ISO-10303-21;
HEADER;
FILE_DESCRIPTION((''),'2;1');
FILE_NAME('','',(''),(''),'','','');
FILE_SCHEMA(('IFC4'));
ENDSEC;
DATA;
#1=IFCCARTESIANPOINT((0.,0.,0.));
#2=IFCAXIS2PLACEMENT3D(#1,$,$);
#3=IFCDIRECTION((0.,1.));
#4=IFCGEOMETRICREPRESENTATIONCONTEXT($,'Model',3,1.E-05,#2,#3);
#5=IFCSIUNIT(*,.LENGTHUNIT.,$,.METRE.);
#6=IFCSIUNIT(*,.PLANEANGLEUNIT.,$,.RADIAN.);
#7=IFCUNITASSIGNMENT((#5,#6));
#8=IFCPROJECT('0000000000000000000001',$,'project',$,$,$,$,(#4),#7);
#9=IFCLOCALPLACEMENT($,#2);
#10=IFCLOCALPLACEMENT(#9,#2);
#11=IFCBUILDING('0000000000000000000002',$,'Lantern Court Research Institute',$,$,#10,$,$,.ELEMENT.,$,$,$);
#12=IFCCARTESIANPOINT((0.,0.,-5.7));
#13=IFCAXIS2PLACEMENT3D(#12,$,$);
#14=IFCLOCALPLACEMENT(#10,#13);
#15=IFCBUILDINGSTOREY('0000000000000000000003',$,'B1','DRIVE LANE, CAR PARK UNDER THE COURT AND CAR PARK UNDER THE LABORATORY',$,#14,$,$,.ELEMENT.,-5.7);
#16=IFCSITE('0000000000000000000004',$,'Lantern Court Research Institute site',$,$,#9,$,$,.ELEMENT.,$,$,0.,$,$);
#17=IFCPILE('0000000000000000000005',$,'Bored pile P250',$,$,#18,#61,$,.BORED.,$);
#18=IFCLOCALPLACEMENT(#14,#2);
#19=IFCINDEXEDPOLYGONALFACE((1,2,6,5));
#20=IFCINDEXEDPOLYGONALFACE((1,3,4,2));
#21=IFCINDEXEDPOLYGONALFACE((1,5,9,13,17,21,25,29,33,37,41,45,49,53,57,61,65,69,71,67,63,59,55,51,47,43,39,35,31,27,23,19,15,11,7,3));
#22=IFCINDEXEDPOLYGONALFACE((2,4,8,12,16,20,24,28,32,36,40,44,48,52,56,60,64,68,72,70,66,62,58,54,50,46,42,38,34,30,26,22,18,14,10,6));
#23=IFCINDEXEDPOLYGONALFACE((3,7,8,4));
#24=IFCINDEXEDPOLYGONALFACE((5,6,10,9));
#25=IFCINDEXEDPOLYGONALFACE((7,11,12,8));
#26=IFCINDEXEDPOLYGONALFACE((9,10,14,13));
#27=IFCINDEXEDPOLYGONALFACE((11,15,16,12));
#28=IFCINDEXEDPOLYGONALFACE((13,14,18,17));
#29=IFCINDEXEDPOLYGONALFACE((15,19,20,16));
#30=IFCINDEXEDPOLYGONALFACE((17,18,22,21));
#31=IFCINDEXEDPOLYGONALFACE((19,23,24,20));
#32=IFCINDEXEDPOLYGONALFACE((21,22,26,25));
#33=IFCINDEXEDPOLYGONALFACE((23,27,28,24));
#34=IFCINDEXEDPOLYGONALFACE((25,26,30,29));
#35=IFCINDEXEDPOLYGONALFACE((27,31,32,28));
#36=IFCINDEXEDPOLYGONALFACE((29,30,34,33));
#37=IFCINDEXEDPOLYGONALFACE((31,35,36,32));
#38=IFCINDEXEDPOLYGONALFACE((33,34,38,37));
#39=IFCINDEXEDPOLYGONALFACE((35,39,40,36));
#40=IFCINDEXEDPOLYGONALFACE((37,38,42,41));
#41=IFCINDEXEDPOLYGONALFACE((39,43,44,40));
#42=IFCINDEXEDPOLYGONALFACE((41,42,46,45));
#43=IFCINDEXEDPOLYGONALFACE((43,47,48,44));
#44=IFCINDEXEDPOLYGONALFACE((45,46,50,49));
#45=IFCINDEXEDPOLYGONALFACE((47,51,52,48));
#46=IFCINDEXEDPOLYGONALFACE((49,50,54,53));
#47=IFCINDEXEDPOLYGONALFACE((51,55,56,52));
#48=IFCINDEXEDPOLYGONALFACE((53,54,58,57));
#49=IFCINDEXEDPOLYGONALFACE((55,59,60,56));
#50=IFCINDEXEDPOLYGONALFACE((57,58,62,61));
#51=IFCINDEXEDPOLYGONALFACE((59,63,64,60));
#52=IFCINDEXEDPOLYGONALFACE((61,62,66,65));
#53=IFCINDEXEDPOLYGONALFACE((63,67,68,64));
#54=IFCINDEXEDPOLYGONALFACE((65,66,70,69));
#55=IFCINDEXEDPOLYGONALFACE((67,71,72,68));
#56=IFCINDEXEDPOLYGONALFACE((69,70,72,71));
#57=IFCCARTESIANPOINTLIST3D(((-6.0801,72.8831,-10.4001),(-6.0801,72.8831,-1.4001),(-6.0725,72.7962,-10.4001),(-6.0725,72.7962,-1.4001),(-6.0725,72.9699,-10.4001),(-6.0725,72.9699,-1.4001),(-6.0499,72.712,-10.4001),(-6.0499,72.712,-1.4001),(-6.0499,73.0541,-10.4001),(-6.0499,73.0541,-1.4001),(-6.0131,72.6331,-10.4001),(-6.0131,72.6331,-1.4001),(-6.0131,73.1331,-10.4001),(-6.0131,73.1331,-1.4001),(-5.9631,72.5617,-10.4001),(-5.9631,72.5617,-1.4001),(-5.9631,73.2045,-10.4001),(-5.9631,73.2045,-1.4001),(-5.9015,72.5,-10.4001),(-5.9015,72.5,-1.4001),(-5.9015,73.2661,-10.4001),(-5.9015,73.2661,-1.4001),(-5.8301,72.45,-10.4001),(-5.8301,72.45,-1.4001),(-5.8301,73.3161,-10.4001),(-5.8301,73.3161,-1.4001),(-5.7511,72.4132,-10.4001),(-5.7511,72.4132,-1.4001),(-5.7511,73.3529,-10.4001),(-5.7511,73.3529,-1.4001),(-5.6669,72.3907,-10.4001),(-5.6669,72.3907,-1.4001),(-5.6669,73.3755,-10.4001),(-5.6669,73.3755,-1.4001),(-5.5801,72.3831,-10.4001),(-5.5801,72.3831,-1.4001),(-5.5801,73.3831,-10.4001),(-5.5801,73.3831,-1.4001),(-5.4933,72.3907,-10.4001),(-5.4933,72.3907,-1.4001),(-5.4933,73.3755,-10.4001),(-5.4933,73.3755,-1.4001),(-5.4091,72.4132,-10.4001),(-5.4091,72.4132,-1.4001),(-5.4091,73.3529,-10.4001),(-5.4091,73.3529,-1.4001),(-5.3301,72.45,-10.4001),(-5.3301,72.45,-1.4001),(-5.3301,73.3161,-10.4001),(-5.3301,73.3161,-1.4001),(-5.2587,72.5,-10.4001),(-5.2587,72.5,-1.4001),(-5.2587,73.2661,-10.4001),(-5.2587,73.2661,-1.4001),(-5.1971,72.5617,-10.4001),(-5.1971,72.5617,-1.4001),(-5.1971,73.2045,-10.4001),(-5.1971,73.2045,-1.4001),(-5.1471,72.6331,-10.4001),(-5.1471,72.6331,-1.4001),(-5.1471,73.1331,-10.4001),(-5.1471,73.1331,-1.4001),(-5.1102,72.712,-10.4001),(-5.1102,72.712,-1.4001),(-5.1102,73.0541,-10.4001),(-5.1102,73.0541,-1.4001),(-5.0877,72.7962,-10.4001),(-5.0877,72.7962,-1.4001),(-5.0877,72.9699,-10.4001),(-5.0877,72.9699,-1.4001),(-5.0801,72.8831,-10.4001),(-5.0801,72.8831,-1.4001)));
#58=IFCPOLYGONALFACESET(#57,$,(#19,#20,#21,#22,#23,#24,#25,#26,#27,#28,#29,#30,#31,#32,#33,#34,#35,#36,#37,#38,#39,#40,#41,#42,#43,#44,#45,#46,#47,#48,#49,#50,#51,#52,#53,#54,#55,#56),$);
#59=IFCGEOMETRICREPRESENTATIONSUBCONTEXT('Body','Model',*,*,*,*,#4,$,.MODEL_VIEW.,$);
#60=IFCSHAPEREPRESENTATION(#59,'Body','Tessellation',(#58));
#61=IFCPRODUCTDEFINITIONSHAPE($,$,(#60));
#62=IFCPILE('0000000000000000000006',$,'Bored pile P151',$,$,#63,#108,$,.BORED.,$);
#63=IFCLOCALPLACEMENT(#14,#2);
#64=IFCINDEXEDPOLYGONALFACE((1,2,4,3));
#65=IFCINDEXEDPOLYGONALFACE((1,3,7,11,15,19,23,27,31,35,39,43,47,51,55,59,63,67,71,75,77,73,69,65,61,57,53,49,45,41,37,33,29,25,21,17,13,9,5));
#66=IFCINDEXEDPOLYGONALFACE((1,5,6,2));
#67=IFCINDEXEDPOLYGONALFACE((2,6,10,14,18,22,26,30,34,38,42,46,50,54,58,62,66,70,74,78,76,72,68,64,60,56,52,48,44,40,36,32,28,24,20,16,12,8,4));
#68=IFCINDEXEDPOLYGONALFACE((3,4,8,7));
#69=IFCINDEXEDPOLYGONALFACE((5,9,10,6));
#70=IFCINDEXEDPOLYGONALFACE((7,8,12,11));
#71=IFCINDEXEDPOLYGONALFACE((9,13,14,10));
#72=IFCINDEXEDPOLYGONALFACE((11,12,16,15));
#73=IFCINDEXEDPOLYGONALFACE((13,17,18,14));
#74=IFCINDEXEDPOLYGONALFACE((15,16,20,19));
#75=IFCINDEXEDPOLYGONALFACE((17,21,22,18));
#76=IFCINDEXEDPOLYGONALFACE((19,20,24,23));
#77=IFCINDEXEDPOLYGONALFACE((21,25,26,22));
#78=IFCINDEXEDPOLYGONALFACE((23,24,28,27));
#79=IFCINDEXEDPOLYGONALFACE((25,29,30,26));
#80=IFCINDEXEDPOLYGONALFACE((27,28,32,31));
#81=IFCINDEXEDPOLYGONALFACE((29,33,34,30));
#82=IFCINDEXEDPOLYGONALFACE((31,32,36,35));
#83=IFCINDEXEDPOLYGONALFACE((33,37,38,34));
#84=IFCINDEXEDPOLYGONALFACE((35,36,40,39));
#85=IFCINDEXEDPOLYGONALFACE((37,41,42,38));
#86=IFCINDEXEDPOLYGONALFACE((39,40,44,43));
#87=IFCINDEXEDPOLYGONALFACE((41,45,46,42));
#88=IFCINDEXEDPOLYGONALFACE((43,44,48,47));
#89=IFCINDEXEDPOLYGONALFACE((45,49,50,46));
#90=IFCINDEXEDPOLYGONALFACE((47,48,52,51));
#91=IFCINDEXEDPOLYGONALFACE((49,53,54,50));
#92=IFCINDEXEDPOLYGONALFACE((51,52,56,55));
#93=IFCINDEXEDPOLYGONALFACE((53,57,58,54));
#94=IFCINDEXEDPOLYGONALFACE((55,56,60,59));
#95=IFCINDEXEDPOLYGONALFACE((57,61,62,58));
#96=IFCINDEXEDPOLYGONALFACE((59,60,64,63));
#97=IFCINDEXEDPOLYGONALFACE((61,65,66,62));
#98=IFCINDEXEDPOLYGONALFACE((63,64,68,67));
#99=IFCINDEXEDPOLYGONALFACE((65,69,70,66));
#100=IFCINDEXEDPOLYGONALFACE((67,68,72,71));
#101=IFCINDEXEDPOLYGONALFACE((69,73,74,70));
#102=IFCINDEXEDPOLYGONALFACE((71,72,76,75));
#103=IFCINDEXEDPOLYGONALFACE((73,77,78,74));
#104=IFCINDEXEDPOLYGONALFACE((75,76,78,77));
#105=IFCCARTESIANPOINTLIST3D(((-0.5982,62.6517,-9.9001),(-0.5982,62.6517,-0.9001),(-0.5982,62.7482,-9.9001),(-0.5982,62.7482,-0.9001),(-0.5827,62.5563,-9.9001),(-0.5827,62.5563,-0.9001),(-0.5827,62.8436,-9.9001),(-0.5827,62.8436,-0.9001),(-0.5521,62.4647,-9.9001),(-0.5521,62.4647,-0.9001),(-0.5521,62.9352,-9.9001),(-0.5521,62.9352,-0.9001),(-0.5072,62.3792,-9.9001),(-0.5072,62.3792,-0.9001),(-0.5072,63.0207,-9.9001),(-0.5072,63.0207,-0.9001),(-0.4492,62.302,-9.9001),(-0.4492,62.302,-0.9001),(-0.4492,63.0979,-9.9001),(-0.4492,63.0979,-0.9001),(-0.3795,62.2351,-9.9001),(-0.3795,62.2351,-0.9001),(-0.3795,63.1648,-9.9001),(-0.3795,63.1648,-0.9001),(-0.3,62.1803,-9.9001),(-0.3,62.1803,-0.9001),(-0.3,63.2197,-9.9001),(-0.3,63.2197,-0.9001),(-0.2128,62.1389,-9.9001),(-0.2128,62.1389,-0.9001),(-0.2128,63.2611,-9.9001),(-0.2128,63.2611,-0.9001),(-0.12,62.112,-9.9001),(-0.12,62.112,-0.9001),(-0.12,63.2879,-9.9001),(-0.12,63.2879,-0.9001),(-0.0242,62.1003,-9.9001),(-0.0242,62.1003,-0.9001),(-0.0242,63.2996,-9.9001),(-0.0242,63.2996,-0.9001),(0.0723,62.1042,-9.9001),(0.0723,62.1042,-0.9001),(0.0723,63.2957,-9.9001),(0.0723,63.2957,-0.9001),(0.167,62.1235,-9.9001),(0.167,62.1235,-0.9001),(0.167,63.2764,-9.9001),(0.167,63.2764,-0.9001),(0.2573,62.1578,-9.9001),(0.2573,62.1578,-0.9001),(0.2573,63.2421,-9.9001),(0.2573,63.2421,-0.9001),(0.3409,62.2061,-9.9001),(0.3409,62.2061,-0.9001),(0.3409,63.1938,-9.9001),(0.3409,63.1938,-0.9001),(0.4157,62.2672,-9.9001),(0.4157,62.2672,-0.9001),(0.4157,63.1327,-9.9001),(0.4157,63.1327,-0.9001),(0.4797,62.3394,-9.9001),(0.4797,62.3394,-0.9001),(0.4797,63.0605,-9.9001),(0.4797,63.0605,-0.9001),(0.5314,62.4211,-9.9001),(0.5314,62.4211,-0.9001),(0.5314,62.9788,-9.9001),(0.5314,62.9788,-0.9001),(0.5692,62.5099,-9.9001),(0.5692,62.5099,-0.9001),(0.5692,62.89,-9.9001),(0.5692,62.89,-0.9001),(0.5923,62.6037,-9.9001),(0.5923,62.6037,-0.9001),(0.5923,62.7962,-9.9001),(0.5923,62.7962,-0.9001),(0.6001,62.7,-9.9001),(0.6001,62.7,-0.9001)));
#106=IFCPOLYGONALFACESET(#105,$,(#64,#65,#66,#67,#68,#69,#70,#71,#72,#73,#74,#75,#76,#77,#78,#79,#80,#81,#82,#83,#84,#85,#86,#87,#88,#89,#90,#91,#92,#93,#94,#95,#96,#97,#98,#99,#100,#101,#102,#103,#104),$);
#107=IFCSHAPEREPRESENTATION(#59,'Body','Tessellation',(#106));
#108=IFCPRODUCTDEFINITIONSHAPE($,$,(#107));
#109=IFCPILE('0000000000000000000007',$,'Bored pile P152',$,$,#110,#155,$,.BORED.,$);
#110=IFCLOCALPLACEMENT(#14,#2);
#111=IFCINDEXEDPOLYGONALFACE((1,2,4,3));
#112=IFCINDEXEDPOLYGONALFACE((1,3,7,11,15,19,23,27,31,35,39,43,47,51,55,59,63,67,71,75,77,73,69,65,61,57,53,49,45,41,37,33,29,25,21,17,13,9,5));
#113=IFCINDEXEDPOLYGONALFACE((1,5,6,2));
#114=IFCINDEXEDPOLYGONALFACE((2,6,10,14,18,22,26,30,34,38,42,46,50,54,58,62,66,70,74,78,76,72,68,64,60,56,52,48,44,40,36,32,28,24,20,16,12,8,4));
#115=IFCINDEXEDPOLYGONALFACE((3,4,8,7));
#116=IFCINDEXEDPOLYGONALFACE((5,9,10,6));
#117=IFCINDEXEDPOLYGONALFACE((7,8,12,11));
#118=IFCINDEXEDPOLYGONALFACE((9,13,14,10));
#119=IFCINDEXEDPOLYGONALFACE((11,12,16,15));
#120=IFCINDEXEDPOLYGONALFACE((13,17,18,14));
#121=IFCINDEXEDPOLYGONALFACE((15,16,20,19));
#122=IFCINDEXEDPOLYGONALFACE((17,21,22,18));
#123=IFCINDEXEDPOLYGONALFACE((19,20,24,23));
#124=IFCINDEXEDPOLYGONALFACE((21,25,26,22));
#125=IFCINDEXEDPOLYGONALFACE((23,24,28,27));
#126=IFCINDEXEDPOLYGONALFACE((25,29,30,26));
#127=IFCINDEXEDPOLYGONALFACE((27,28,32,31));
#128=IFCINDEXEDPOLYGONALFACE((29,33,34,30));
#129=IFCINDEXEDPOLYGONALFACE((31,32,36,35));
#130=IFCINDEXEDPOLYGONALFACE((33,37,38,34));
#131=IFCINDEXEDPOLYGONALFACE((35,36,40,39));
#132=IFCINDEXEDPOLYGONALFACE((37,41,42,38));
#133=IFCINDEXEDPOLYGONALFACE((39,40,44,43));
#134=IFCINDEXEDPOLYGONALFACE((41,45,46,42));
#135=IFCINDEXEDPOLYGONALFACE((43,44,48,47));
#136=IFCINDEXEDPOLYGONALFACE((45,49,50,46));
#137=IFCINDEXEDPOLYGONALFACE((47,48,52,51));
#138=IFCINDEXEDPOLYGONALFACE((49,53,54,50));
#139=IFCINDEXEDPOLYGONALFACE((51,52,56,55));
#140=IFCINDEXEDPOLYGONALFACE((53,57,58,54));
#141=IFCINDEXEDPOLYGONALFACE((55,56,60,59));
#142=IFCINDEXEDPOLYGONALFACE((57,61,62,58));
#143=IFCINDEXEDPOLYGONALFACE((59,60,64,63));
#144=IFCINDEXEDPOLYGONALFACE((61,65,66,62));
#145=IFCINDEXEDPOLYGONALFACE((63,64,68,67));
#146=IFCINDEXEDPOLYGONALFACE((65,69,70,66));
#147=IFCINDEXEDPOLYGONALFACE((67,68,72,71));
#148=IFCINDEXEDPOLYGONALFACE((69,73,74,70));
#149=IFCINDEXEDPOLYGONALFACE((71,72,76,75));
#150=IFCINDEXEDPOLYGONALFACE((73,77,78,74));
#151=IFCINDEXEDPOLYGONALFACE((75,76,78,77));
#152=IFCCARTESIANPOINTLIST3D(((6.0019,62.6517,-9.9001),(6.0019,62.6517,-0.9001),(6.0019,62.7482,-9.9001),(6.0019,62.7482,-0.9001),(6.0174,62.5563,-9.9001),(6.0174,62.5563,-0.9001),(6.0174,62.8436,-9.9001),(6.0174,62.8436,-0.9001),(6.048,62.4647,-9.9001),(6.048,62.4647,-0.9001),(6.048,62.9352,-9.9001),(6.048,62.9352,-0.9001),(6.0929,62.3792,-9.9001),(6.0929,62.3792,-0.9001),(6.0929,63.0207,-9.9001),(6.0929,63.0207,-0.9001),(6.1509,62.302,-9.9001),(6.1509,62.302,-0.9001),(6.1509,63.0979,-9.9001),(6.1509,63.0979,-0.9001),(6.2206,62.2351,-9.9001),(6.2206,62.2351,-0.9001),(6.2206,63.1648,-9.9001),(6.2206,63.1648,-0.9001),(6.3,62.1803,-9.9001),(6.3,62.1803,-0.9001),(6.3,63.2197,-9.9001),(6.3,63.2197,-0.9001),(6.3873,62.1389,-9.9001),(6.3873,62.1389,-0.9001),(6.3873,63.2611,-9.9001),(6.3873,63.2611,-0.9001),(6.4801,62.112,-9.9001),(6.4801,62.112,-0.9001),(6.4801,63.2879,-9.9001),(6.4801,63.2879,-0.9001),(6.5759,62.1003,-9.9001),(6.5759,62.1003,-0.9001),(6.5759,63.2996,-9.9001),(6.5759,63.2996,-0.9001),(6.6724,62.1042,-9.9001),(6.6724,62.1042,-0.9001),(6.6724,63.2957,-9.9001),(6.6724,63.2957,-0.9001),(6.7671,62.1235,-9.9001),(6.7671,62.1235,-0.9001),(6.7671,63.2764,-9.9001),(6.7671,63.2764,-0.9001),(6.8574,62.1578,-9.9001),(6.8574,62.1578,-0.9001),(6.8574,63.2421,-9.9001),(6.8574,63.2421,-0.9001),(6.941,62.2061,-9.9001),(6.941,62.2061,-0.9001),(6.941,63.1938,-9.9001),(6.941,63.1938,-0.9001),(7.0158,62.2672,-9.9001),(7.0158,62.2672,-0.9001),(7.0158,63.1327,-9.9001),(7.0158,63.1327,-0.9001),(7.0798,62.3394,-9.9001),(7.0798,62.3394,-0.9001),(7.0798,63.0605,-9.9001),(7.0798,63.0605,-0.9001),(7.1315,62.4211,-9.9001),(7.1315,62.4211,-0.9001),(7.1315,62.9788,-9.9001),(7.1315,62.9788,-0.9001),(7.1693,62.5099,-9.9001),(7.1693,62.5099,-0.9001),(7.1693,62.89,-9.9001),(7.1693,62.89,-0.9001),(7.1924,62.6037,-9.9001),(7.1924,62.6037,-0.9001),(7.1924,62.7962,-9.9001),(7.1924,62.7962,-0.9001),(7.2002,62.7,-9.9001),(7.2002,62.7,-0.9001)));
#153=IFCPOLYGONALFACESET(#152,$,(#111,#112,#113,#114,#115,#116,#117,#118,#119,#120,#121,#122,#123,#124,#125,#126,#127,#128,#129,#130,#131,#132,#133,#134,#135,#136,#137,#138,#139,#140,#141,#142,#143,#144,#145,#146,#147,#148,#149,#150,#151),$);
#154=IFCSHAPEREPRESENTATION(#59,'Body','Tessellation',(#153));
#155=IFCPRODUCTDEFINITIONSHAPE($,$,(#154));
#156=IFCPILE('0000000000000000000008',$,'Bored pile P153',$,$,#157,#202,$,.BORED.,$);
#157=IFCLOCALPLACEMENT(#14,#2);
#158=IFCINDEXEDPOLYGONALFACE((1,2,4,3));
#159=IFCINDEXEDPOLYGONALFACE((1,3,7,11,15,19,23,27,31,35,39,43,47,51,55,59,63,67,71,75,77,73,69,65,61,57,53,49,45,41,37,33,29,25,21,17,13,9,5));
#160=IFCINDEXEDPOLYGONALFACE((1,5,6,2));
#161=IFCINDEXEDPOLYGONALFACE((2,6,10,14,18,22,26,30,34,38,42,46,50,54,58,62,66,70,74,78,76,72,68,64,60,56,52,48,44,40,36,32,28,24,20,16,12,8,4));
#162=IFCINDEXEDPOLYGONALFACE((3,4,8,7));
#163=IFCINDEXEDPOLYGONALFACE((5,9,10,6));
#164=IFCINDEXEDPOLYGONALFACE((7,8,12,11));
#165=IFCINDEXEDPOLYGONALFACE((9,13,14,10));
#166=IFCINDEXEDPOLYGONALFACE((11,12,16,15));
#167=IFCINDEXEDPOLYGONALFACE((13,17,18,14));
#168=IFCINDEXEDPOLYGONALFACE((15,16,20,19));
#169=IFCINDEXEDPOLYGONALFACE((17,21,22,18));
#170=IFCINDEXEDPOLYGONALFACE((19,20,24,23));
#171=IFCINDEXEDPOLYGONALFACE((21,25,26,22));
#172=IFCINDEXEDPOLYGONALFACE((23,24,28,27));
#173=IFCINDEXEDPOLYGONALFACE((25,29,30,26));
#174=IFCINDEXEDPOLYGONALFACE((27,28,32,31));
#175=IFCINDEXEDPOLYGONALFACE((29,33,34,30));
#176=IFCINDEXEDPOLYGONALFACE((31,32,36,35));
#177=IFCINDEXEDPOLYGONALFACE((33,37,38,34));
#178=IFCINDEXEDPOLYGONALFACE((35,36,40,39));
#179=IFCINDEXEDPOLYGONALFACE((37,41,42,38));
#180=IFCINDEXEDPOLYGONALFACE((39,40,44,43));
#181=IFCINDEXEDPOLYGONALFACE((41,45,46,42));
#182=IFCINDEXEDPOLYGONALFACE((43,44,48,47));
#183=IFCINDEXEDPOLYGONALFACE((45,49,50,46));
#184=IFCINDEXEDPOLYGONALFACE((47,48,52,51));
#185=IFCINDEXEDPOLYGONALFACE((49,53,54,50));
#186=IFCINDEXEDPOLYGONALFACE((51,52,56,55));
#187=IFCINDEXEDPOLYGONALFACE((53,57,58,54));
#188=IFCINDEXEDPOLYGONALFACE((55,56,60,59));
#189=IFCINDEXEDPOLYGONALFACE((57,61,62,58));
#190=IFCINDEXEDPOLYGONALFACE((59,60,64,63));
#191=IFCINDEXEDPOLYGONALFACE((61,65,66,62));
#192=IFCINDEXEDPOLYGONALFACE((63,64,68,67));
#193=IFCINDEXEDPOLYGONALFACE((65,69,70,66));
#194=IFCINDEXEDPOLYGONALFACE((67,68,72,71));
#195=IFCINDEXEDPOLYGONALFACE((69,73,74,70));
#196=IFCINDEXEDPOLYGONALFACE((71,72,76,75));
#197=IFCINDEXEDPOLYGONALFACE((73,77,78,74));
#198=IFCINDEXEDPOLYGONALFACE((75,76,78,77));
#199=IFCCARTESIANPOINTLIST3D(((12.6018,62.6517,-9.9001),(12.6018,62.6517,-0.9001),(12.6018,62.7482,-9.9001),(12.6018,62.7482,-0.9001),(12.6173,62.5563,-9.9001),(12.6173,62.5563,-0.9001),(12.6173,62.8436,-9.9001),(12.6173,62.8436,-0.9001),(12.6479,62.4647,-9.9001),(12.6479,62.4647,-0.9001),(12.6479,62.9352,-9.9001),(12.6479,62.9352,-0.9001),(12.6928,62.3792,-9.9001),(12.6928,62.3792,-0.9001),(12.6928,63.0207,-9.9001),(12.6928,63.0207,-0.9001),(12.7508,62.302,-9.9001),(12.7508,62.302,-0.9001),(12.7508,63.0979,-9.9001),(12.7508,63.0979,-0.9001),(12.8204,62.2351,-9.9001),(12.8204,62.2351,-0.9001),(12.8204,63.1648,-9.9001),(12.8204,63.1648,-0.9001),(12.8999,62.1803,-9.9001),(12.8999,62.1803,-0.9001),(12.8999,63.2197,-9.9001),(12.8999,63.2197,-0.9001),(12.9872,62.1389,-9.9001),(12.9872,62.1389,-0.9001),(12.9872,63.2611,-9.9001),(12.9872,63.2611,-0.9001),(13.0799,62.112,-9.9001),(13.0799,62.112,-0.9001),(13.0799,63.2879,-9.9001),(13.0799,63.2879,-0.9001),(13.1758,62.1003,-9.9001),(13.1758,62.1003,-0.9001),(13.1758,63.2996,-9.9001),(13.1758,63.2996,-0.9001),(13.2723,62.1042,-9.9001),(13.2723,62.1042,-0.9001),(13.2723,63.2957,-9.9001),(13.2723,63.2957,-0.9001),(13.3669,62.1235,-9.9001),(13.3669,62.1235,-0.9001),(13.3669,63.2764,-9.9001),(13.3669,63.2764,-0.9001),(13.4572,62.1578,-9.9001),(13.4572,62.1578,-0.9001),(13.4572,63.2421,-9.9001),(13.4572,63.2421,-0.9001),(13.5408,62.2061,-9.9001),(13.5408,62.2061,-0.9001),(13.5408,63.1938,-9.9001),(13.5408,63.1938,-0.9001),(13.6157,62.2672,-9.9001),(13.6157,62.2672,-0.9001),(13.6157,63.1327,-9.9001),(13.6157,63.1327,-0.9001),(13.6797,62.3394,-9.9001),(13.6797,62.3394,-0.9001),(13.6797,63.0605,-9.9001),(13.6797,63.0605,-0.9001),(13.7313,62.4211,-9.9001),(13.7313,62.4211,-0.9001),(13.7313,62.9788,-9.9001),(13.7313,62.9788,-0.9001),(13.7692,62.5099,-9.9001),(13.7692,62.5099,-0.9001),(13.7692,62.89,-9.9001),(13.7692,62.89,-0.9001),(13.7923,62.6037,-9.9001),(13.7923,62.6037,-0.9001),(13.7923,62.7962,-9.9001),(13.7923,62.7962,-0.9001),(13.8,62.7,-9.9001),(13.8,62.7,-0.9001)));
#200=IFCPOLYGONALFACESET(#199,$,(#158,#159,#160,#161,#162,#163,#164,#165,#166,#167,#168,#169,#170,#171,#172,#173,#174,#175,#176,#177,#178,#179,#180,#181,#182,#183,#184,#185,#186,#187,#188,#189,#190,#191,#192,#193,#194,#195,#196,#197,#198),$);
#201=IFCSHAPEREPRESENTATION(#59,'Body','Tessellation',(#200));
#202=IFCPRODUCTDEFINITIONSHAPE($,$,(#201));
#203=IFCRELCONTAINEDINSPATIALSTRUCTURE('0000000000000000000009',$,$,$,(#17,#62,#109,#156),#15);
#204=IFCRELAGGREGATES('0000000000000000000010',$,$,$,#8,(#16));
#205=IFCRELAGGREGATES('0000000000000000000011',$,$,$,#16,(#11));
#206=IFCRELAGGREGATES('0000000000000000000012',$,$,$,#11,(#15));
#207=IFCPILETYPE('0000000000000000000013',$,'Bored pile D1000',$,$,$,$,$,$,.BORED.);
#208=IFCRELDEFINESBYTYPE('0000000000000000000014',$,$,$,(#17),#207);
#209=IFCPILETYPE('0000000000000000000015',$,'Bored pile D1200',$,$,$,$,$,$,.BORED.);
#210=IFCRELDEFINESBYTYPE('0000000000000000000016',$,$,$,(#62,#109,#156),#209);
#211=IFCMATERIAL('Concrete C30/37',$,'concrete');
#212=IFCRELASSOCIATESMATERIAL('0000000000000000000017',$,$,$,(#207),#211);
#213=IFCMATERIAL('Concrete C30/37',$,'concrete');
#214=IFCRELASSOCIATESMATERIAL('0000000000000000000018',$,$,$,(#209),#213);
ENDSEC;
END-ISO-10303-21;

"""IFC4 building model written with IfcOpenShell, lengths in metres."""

from ifc_helpers import new_model, si_unit, direction, frame, origin, origin_2d, place, context, subcontext, project, spatial, circle, extrude, material, material_profile, profile_set, type_object, element, save


model = new_model("IFC4")

# Units and contexts
model_context = context("Model", 3, precision=1e-05, world=origin(), true_north=direction((0.0, 1.0)))
body_context = subcontext(model_context, "Body", "Model", "MODEL_VIEW")
ifc_project = project(units=[si_unit("LENGTHUNIT", "METRE"), si_unit("PLANEANGLEUNIT", "RADIAN")], contexts=[model_context])

# Site, building, storey
site_placement = place(None, origin())
site = spatial("IfcSite", under=ifc_project, at=site_placement, Name="Lantern Court Research Institute site", CompositionType="ELEMENT", RefElevation=0.0)
building_placement = place(site_placement, origin())
building = spatial("IfcBuilding", under=site, at=building_placement, Name="Lantern Court Research Institute", CompositionType="ELEMENT")
storey_placement = place(building_placement, frame((0.0, 0.0, -5.7)))
storey = spatial("IfcBuildingStorey", under=building, at=storey_placement, Name="B1", Description="DRIVE LANE, CAR PARK UNDER THE COURT AND CAR PARK UNDER THE LABORATORY", CompositionType="ELEMENT", Elevation=-5.7)

# Piles
ifc_material_1 = material(Name="Concrete C30/37", Category="concrete")
ifc_material_profile_1 = material_profile(ifc_material_1, circle(Radius=0.5, at=origin_2d()), Name="Bored pile D1000")
ifc_profile_set_1 = profile_set([ifc_material_profile_1], Name="Concrete C30/37")
pile_type_1 = type_object("IfcPileType", Name="Bored pile D1000", PredefinedType="BORED", material=ifc_profile_set_1)
for number, where, z_axis, x_axis, name in (
    (1, (-5.5801, 72.8831, -1.4001), (0.0, 0.0, -1.0), (1.0, 0.0, 0.0), "Bored pile P250"),
):
    element("IfcPile", number, at=place(storey_placement, frame(where, z_axis=z_axis, x_axis=x_axis)), inside=storey, type_object=pile_type_1, Name=name, PredefinedType="BORED", context=body_context, shape_type="SweptSolid", body=[
        extrude(circle(Radius=0.5, at=origin_2d()), origin(), (0.0, 0.0, 1.0), 9.0),
    ])
ifc_material_2 = material(Name="Concrete C30/37", Category="concrete")
ifc_material_profile_2 = material_profile(ifc_material_2, circle(Radius=0.6001, at=origin_2d()), Name="Bored pile D1200")
ifc_profile_set_2 = profile_set([ifc_material_profile_2], Name="Concrete C30/37")
pile_type_2 = type_object("IfcPileType", Name="Bored pile D1200", PredefinedType="BORED", material=ifc_profile_set_2)
for number, where, z_axis, x_axis, name in (
    (2, (0.0, 62.7, -0.9001), (0.0, 0.0, -1.0), (1.0, 0.0, 0.0), "Bored pile P151"),
    (3, (6.6001, 62.7, -0.9001), (0.0, 0.0, -1.0), (1.0, 0.0, 0.0), "Bored pile P152"),
    (4, (13.2, 62.7, -0.9001), (0.0, 0.0, -1.0), (1.0, 0.0, 0.0), "Bored pile P153"),
):
    element("IfcPile", number, at=place(storey_placement, frame(where, z_axis=z_axis, x_axis=x_axis)), inside=storey, type_object=pile_type_2, Name=name, PredefinedType="BORED", context=body_context, shape_type="SweptSolid", body=[
        extrude(circle(Radius=0.6001, at=origin_2d()), origin(), (0.0, 0.0, 1.0), 9.0),
    ])

save(model, "model.ifc")
